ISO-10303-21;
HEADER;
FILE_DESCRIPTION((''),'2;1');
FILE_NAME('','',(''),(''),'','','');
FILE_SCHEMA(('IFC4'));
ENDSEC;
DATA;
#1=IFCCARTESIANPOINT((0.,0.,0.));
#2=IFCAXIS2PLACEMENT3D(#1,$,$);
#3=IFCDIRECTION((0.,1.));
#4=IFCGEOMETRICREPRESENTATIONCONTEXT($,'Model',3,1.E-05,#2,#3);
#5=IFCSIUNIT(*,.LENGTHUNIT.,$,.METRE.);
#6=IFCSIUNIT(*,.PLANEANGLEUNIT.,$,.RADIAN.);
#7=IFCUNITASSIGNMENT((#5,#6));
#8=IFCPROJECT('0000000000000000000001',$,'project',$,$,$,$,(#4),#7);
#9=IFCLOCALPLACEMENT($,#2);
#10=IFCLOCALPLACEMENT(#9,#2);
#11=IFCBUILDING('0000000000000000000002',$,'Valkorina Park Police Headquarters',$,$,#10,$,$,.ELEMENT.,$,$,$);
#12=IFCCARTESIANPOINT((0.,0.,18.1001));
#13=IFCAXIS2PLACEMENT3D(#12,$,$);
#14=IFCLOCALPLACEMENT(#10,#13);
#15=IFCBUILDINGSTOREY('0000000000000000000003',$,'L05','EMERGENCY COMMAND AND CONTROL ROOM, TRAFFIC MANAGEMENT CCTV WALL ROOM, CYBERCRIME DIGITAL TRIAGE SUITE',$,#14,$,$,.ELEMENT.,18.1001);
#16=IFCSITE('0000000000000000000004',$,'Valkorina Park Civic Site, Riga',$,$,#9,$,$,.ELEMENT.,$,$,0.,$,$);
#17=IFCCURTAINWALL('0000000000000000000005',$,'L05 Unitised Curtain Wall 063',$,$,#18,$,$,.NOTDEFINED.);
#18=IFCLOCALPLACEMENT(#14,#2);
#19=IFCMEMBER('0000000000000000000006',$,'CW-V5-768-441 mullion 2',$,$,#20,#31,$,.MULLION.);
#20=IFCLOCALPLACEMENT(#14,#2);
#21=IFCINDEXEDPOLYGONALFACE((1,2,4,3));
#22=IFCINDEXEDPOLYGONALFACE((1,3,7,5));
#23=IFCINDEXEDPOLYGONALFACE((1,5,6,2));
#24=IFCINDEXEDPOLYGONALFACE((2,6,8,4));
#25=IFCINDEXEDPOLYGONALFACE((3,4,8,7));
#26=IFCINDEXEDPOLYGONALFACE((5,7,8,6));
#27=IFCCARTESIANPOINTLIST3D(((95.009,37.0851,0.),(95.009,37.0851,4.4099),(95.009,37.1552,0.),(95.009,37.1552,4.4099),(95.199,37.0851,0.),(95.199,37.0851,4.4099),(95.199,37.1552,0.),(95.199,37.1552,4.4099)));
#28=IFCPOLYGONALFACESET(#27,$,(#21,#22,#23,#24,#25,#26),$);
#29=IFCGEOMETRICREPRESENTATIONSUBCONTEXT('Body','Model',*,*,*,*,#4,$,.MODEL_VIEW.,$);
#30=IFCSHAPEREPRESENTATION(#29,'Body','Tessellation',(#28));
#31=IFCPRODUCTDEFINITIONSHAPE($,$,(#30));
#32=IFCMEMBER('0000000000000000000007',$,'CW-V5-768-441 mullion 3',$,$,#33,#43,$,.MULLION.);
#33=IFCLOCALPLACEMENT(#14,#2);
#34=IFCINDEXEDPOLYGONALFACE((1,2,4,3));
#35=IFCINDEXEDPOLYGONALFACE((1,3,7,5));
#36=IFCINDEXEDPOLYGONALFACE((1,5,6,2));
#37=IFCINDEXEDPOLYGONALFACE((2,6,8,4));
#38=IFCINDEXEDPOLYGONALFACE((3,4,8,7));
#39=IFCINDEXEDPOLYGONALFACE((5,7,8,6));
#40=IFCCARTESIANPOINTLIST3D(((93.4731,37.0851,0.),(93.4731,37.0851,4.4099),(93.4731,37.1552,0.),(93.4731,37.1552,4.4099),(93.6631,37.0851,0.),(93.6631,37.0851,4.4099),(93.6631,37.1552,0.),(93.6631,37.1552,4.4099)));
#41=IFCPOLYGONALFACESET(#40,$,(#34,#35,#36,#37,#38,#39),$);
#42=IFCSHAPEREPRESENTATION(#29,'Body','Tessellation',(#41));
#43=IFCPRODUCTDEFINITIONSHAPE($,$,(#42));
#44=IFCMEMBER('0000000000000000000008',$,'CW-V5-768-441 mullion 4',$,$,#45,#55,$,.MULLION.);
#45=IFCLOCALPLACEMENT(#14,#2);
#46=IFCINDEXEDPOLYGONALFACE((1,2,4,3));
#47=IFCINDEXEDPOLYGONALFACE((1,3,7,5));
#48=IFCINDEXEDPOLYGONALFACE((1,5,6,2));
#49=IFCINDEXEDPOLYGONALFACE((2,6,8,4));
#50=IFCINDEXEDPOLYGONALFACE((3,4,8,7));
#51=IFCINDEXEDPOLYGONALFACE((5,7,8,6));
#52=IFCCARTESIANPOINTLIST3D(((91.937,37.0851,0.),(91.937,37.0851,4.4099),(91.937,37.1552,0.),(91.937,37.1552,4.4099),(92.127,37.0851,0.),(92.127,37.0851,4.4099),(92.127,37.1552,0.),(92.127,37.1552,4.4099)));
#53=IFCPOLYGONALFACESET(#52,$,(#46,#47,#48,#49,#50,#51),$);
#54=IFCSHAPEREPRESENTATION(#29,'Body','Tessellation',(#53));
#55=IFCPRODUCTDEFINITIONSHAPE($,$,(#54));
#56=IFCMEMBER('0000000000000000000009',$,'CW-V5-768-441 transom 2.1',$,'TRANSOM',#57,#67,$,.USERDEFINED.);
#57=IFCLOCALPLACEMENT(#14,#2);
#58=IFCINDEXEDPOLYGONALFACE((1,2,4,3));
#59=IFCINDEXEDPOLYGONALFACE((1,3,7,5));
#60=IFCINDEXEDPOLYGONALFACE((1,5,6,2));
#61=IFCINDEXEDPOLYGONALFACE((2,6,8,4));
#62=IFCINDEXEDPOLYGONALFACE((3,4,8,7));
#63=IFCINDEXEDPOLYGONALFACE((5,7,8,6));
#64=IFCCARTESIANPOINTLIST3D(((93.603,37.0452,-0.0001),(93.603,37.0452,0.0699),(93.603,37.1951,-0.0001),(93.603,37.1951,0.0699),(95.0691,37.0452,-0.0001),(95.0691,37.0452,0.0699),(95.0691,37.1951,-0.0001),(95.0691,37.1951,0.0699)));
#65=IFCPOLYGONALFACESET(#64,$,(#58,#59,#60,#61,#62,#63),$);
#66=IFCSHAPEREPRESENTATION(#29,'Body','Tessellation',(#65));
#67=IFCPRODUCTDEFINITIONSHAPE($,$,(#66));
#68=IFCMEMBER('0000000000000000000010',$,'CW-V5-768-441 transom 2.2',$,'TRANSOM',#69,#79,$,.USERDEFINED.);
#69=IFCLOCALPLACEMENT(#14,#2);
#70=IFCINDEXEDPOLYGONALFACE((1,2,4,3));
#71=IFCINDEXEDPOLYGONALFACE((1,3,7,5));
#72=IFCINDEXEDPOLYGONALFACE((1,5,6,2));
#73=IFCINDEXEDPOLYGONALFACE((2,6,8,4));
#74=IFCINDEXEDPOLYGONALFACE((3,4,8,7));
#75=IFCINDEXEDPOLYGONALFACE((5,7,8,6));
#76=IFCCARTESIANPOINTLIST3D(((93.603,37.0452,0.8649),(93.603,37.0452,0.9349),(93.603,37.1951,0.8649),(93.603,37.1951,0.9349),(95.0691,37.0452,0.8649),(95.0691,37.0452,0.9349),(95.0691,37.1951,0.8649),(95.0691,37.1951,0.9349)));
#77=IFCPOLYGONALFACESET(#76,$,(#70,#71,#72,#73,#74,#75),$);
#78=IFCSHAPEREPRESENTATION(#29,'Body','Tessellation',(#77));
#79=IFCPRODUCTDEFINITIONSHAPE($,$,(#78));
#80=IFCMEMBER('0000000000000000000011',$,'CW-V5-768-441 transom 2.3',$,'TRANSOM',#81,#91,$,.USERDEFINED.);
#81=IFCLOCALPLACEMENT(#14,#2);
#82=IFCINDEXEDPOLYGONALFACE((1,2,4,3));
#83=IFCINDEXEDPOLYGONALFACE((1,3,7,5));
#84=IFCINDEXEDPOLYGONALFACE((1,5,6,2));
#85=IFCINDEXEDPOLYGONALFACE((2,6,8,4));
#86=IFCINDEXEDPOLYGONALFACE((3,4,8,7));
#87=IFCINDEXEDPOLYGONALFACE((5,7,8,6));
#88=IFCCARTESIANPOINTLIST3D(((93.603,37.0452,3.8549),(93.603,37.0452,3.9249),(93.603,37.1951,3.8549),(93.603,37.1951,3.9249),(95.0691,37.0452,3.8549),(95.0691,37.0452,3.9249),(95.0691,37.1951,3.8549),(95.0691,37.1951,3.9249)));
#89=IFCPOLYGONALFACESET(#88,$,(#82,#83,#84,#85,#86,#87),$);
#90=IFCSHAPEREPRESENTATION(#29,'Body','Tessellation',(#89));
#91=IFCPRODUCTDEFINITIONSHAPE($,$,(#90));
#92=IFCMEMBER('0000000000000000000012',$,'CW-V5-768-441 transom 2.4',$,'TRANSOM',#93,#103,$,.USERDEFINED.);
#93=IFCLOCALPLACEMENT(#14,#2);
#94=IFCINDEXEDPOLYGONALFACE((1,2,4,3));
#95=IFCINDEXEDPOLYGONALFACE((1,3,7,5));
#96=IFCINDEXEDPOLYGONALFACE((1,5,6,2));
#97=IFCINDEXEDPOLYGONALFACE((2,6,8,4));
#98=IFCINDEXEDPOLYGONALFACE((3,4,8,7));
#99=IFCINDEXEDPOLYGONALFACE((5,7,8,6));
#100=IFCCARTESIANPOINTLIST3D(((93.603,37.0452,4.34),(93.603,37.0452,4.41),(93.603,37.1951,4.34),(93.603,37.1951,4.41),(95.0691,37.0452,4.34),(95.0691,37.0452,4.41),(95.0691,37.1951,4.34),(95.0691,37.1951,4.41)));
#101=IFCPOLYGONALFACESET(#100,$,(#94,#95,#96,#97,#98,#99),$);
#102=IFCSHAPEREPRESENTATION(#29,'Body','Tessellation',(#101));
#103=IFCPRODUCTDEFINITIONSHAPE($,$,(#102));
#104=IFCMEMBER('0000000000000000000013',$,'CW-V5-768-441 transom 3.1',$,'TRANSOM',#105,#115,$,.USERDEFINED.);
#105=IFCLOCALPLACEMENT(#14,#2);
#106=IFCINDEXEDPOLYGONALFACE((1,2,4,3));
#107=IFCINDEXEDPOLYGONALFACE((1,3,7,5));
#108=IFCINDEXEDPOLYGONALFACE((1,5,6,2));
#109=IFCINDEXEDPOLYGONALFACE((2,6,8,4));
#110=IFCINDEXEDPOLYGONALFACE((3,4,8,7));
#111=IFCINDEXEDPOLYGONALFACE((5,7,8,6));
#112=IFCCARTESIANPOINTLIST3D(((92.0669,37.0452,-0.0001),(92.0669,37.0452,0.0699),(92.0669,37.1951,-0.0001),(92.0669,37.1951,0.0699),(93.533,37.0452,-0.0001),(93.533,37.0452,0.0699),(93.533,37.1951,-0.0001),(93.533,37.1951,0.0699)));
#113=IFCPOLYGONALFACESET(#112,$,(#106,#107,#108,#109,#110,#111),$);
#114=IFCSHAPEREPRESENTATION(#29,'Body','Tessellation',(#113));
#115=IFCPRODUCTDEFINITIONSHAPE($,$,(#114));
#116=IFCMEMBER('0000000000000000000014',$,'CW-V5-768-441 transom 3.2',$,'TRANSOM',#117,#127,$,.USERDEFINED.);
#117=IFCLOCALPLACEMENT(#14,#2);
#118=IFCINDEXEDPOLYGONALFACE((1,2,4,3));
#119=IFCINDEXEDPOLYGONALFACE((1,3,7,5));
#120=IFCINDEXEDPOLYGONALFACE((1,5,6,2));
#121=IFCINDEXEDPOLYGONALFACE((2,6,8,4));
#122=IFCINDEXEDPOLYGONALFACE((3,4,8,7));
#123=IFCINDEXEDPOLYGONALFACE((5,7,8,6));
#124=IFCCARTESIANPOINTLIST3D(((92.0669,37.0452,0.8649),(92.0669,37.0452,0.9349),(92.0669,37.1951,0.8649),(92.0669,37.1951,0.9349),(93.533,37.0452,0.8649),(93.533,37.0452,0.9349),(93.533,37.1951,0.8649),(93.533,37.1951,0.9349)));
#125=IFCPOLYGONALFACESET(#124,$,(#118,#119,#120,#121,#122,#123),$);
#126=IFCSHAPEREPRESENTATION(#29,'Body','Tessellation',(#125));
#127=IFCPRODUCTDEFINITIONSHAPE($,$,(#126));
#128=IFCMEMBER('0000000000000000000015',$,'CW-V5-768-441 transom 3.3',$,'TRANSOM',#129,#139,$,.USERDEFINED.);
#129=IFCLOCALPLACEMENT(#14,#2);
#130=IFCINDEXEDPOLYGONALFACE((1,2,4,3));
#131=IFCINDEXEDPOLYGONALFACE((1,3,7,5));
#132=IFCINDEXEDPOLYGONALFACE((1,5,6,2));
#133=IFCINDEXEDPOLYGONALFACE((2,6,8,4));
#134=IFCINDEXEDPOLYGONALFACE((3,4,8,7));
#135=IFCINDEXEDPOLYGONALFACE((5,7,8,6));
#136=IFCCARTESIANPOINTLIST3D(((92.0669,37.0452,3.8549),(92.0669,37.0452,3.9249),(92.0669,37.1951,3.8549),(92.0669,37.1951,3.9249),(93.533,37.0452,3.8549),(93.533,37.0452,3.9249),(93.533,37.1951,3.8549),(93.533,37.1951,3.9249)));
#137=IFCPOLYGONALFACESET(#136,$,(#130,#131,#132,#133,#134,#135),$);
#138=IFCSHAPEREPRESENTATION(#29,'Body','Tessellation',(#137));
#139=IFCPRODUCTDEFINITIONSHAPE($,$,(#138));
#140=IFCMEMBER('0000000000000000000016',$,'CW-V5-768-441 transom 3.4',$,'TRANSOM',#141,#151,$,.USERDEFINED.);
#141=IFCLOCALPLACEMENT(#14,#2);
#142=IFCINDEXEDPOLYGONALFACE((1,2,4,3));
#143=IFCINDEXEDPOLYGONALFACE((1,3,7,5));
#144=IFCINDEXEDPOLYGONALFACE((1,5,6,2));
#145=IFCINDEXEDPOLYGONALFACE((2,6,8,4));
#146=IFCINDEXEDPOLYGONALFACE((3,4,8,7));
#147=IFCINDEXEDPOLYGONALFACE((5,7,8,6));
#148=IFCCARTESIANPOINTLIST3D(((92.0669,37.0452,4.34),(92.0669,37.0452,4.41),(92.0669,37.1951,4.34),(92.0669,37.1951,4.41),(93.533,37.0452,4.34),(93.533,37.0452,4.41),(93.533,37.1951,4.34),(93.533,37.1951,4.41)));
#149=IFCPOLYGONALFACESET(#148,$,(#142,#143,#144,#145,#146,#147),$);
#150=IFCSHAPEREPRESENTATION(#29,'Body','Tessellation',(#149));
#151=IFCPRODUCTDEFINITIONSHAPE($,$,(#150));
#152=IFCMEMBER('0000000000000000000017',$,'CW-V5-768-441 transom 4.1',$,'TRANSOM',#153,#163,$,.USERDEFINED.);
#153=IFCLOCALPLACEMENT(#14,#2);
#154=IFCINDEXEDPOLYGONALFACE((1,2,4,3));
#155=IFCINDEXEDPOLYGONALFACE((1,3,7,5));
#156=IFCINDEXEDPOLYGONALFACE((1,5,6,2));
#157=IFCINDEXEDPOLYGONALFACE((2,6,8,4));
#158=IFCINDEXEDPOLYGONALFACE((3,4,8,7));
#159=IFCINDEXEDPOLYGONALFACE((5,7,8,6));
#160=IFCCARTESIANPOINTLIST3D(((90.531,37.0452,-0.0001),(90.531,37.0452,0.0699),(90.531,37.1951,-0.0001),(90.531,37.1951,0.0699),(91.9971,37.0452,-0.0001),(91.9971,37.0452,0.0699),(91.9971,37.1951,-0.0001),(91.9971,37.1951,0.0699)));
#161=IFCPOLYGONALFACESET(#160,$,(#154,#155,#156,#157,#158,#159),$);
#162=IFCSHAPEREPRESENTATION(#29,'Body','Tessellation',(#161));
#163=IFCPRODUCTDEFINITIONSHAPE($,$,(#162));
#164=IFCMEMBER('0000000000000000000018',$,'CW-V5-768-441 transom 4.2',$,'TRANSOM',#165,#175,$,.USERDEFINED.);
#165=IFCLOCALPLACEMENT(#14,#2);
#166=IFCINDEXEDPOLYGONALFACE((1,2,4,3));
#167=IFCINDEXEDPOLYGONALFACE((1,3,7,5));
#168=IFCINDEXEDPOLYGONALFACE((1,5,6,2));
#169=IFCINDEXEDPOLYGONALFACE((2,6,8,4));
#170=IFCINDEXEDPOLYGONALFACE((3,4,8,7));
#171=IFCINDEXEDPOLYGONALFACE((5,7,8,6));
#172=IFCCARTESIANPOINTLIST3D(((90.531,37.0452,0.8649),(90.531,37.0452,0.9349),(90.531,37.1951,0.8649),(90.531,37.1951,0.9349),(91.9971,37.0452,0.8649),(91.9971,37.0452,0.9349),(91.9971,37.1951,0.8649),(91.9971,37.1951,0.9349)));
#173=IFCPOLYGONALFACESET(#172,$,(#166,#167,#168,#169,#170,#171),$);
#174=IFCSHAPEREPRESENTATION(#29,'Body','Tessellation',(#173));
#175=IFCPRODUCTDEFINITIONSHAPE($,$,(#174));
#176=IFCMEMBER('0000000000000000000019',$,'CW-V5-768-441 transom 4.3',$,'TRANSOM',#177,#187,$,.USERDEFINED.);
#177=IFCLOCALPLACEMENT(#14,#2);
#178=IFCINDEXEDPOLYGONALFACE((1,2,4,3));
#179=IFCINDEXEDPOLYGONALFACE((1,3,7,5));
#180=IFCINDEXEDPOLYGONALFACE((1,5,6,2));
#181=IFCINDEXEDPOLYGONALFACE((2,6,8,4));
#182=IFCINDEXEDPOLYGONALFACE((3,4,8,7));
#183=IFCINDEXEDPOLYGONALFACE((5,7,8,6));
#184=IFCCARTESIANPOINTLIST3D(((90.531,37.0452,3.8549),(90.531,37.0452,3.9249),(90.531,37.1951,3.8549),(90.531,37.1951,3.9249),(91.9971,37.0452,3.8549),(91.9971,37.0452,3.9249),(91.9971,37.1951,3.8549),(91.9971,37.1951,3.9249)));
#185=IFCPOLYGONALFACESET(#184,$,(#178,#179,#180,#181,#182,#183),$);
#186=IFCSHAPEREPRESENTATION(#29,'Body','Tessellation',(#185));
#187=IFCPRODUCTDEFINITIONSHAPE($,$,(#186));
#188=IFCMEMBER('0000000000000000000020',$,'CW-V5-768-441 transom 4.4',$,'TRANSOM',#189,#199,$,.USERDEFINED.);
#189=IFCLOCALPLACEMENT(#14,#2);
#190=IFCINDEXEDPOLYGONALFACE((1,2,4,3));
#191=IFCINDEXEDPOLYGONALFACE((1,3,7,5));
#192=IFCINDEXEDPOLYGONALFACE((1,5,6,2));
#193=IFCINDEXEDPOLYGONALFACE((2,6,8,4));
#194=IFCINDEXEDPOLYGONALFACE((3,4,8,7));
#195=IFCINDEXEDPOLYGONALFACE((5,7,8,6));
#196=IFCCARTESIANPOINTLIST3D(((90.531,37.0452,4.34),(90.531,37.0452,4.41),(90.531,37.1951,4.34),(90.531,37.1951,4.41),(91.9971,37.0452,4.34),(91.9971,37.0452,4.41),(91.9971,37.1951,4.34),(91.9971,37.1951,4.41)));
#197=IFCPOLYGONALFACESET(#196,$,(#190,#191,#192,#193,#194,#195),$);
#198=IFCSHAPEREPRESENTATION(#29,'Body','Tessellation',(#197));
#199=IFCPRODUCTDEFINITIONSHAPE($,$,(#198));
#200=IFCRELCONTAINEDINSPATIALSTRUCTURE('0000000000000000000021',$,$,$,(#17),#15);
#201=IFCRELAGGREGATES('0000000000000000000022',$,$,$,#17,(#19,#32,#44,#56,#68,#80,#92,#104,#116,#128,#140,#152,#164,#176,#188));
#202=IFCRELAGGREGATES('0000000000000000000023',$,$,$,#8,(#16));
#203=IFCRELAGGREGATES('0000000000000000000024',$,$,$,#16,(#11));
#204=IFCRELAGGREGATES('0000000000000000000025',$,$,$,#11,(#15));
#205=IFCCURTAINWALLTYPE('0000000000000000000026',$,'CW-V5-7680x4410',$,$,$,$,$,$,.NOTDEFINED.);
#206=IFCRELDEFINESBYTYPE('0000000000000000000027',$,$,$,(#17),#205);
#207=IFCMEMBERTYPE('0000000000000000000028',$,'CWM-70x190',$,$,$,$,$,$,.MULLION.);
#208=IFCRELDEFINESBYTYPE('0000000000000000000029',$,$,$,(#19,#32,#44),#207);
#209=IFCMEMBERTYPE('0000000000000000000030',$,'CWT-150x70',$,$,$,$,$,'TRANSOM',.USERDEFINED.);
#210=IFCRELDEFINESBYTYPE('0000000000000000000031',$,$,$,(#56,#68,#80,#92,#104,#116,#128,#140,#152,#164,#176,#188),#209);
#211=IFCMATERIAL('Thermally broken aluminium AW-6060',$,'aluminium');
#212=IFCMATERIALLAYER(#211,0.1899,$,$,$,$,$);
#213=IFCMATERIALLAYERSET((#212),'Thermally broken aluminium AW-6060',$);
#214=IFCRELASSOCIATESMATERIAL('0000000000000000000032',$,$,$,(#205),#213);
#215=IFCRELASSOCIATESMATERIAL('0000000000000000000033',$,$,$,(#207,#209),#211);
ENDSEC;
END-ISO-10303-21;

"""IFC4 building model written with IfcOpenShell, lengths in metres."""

from ifc_helpers import new_model, si_unit, direction, frame, origin, origin_2d, place, context, subcontext, project, spatial, rectangle, extrude, material, layer, layer_set, material_profile, profile_set, type_object, element, aggregate, save


model = new_model("IFC4")

# Units and contexts
model_context = context("Model", 3, precision=1e-05, world=origin(), true_north=direction((0.0, 1.0)))
body_context = subcontext(model_context, "Body", "Model", "MODEL_VIEW")
ifc_project = project(units=[si_unit("LENGTHUNIT", "METRE"), si_unit("PLANEANGLEUNIT", "RADIAN")], contexts=[model_context])

# Site, building, storey
site_placement = place(None, origin())
site = spatial("IfcSite", under=ifc_project, at=site_placement, Name="Valkorina Park Civic Site, Riga", CompositionType="ELEMENT", RefElevation=0.0)
building_placement = place(site_placement, origin())
building = spatial("IfcBuilding", under=site, at=building_placement, Name="Valkorina Park Police Headquarters", CompositionType="ELEMENT")
storey_placement = place(building_placement, frame((0.0, 0.0, 18.1001)))
storey = spatial("IfcBuildingStorey", under=building, at=storey_placement, Name="L05", Description="EMERGENCY COMMAND AND CONTROL ROOM, TRAFFIC MANAGEMENT CCTV WALL ROOM, CYBERCRIME DIGITAL TRIAGE SUITE", CompositionType="ELEMENT", Elevation=18.1001)

# Curtain wall, members
ifc_material_1 = material(Name="Thermally broken aluminium AW-6060", Category="aluminium")
ifc_layer_1 = layer(ifc_material_1, 0.1899)
ifc_layer_set_1 = layer_set([ifc_layer_1], Name="Thermally broken aluminium AW-6060")
curtain_wall_type = type_object("IfcCurtainWallType", Name="CW-V5-7680x4410", PredefinedType="NOTDEFINED", material=ifc_layer_set_1)
curtain_wall_placement = place(storey_placement, origin())
curtain_wall = element("IfcCurtainWall", 1, at=curtain_wall_placement, inside=storey, type_object=curtain_wall_type, Name="L05 Unitised Curtain Wall 063", PredefinedType="NOTDEFINED")
ifc_material_profile_1 = material_profile(ifc_material_1, rectangle(XDim=0.0701, YDim=0.1899, at=origin_2d()), Name="CWM-02 70x190")
ifc_profile_set_1 = profile_set([ifc_material_profile_1], Name="Thermally broken aluminium AW-6060")
member_type_1 = type_object("IfcMemberType", Name="CWM-70x190", PredefinedType="MULLION", material=ifc_profile_set_1)
member_1_placement = place(storey_placement, frame((95.104, 37.1201, 0.0), z_axis=(0.0, 0.0, 1.0), x_axis=(0.0, -1.0, 0.0)))
member_1 = element("IfcMember", 2, at=member_1_placement, type_object=member_type_1, Name="CW-V5-768-441 mullion 2", PredefinedType="MULLION", context=body_context, shape_type="SweptSolid", body=[
    extrude(rectangle(XDim=0.0701, YDim=0.1899, at=origin_2d()), origin(), (0.0, 0.0, 1.0), 4.4099),
])
member_2_placement = place(storey_placement, frame((93.5681, 37.1201, 0.0), z_axis=(0.0, 0.0, 1.0), x_axis=(0.0, -1.0, 0.0)))
member_2 = element("IfcMember", 3, at=member_2_placement, type_object=member_type_1, Name="CW-V5-768-441 mullion 3", PredefinedType="MULLION", context=body_context, shape_type="SweptSolid", body=[
    extrude(rectangle(XDim=0.0701, YDim=0.1899, at=origin_2d()), origin(), (0.0, 0.0, 1.0), 4.4099),
])
member_3_placement = place(storey_placement, frame((92.032, 37.1201, 0.0), z_axis=(0.0, 0.0, 1.0), x_axis=(0.0, -1.0, 0.0)))
member_3 = element("IfcMember", 4, at=member_3_placement, type_object=member_type_1, Name="CW-V5-768-441 mullion 4", PredefinedType="MULLION", context=body_context, shape_type="SweptSolid", body=[
    extrude(rectangle(XDim=0.0701, YDim=0.1899, at=origin_2d()), origin(), (0.0, 0.0, 1.0), 4.4099),
])
ifc_material_profile_2 = material_profile(ifc_material_1, rectangle(XDim=0.1499, YDim=0.0701, at=origin_2d()), Name="CWT-02 150x70")
ifc_profile_set_2 = profile_set([ifc_material_profile_2], Name="Thermally broken aluminium AW-6060")
member_type_2 = type_object("IfcMemberType", Name="CWT-150x70", ElementType="TRANSOM", PredefinedType="USERDEFINED", material=ifc_profile_set_2)
member_4_placement = place(storey_placement, frame((95.0691, 37.1201, 0.0349), z_axis=(-1.0, 0.0, 0.0), x_axis=(0.0, -1.0, 0.0)))
member_4 = element("IfcMember", 5, at=member_4_placement, type_object=member_type_2, Name="CW-V5-768-441 transom 2.1", ObjectType="TRANSOM", PredefinedType="USERDEFINED", context=body_context, shape_type="SweptSolid", body=[
    extrude(rectangle(XDim=0.1499, YDim=0.0701, at=origin_2d()), origin(), (0.0, 0.0, 1.0), 1.4661),
])
member_5_placement = place(storey_placement, frame((95.0691, 37.1201, 0.8999), z_axis=(-1.0, 0.0, 0.0), x_axis=(0.0, -1.0, 0.0)))
member_5 = element("IfcMember", 6, at=member_5_placement, type_object=member_type_2, Name="CW-V5-768-441 transom 2.2", ObjectType="TRANSOM", PredefinedType="USERDEFINED", context=body_context, shape_type="SweptSolid", body=[
    extrude(rectangle(XDim=0.1499, YDim=0.0701, at=origin_2d()), origin(), (0.0, 0.0, 1.0), 1.4661),
])
member_6_placement = place(storey_placement, frame((95.0691, 37.1201, 3.8899), z_axis=(-1.0, 0.0, 0.0), x_axis=(0.0, -1.0, 0.0)))
member_6 = element("IfcMember", 7, at=member_6_placement, type_object=member_type_2, Name="CW-V5-768-441 transom 2.3", ObjectType="TRANSOM", PredefinedType="USERDEFINED", context=body_context, shape_type="SweptSolid", body=[
    extrude(rectangle(XDim=0.1499, YDim=0.0701, at=origin_2d()), origin(), (0.0, 0.0, 1.0), 1.4661),
])
member_7_placement = place(storey_placement, frame((95.0691, 37.1201, 4.375), z_axis=(-1.0, 0.0, 0.0), x_axis=(0.0, -1.0, 0.0)))
member_7 = element("IfcMember", 8, at=member_7_placement, type_object=member_type_2, Name="CW-V5-768-441 transom 2.4", ObjectType="TRANSOM", PredefinedType="USERDEFINED", context=body_context, shape_type="SweptSolid", body=[
    extrude(rectangle(XDim=0.1499, YDim=0.0701, at=origin_2d()), origin(), (0.0, 0.0, 1.0), 1.4661),
])
member_8_placement = place(storey_placement, frame((93.533, 37.1201, 0.0349), z_axis=(-1.0, 0.0, 0.0), x_axis=(0.0, -1.0, 0.0)))
member_8 = element("IfcMember", 9, at=member_8_placement, type_object=member_type_2, Name="CW-V5-768-441 transom 3.1", ObjectType="TRANSOM", PredefinedType="USERDEFINED", context=body_context, shape_type="SweptSolid", body=[
    extrude(rectangle(XDim=0.1499, YDim=0.0701, at=origin_2d()), origin(), (0.0, 0.0, 1.0), 1.4661),
])
member_9_placement = place(storey_placement, frame((93.533, 37.1201, 0.8999), z_axis=(-1.0, 0.0, 0.0), x_axis=(0.0, -1.0, 0.0)))
member_9 = element("IfcMember", 10, at=member_9_placement, type_object=member_type_2, Name="CW-V5-768-441 transom 3.2", ObjectType="TRANSOM", PredefinedType="USERDEFINED", context=body_context, shape_type="SweptSolid", body=[
    extrude(rectangle(XDim=0.1499, YDim=0.0701, at=origin_2d()), origin(), (0.0, 0.0, 1.0), 1.4661),
])
member_10_placement = place(storey_placement, frame((93.533, 37.1201, 3.8899), z_axis=(-1.0, 0.0, 0.0), x_axis=(0.0, -1.0, 0.0)))
member_10 = element("IfcMember", 11, at=member_10_placement, type_object=member_type_2, Name="CW-V5-768-441 transom 3.3", ObjectType="TRANSOM", PredefinedType="USERDEFINED", context=body_context, shape_type="SweptSolid", body=[
    extrude(rectangle(XDim=0.1499, YDim=0.0701, at=origin_2d()), origin(), (0.0, 0.0, 1.0), 1.4661),
])
member_11_placement = place(storey_placement, frame((93.533, 37.1201, 4.375), z_axis=(-1.0, 0.0, 0.0), x_axis=(0.0, -1.0, 0.0)))
member_11 = element("IfcMember", 12, at=member_11_placement, type_object=member_type_2, Name="CW-V5-768-441 transom 3.4", ObjectType="TRANSOM", PredefinedType="USERDEFINED", context=body_context, shape_type="SweptSolid", body=[
    extrude(rectangle(XDim=0.1499, YDim=0.0701, at=origin_2d()), origin(), (0.0, 0.0, 1.0), 1.4661),
])
member_12_placement = place(storey_placement, frame((91.9971, 37.1201, 0.0349), z_axis=(-1.0, 0.0, 0.0), x_axis=(0.0, -1.0, 0.0)))
member_12 = element("IfcMember", 13, at=member_12_placement, type_object=member_type_2, Name="CW-V5-768-441 transom 4.1", ObjectType="TRANSOM", PredefinedType="USERDEFINED", context=body_context, shape_type="SweptSolid", body=[
    extrude(rectangle(XDim=0.1499, YDim=0.0701, at=origin_2d()), origin(), (0.0, 0.0, 1.0), 1.4661),
])
member_13_placement = place(storey_placement, frame((91.9971, 37.1201, 0.8999), z_axis=(-1.0, 0.0, 0.0), x_axis=(0.0, -1.0, 0.0)))
member_13 = element("IfcMember", 14, at=member_13_placement, type_object=member_type_2, Name="CW-V5-768-441 transom 4.2", ObjectType="TRANSOM", PredefinedType="USERDEFINED", context=body_context, shape_type="SweptSolid", body=[
    extrude(rectangle(XDim=0.1499, YDim=0.0701, at=origin_2d()), origin(), (0.0, 0.0, 1.0), 1.4661),
])
member_14_placement = place(storey_placement, frame((91.9971, 37.1201, 3.8899), z_axis=(-1.0, 0.0, 0.0), x_axis=(0.0, -1.0, 0.0)))
member_14 = element("IfcMember", 15, at=member_14_placement, type_object=member_type_2, Name="CW-V5-768-441 transom 4.3", ObjectType="TRANSOM", PredefinedType="USERDEFINED", context=body_context, shape_type="SweptSolid", body=[
    extrude(rectangle(XDim=0.1499, YDim=0.0701, at=origin_2d()), origin(), (0.0, 0.0, 1.0), 1.4661),
])
member_15_placement = place(storey_placement, frame((91.9971, 37.1201, 4.375), z_axis=(-1.0, 0.0, 0.0), x_axis=(0.0, -1.0, 0.0)))
member_15 = element("IfcMember", 16, at=member_15_placement, type_object=member_type_2, Name="CW-V5-768-441 transom 4.4", ObjectType="TRANSOM", PredefinedType="USERDEFINED", context=body_context, shape_type="SweptSolid", body=[
    extrude(rectangle(XDim=0.1499, YDim=0.0701, at=origin_2d()), origin(), (0.0, 0.0, 1.0), 1.4661),
])
aggregate(curtain_wall, [member_1, member_2, member_3, member_4, member_5, member_6, member_7, member_8, member_9, member_10, member_11, member_12, member_13, member_14, member_15])

save(model, "model.ifc")
